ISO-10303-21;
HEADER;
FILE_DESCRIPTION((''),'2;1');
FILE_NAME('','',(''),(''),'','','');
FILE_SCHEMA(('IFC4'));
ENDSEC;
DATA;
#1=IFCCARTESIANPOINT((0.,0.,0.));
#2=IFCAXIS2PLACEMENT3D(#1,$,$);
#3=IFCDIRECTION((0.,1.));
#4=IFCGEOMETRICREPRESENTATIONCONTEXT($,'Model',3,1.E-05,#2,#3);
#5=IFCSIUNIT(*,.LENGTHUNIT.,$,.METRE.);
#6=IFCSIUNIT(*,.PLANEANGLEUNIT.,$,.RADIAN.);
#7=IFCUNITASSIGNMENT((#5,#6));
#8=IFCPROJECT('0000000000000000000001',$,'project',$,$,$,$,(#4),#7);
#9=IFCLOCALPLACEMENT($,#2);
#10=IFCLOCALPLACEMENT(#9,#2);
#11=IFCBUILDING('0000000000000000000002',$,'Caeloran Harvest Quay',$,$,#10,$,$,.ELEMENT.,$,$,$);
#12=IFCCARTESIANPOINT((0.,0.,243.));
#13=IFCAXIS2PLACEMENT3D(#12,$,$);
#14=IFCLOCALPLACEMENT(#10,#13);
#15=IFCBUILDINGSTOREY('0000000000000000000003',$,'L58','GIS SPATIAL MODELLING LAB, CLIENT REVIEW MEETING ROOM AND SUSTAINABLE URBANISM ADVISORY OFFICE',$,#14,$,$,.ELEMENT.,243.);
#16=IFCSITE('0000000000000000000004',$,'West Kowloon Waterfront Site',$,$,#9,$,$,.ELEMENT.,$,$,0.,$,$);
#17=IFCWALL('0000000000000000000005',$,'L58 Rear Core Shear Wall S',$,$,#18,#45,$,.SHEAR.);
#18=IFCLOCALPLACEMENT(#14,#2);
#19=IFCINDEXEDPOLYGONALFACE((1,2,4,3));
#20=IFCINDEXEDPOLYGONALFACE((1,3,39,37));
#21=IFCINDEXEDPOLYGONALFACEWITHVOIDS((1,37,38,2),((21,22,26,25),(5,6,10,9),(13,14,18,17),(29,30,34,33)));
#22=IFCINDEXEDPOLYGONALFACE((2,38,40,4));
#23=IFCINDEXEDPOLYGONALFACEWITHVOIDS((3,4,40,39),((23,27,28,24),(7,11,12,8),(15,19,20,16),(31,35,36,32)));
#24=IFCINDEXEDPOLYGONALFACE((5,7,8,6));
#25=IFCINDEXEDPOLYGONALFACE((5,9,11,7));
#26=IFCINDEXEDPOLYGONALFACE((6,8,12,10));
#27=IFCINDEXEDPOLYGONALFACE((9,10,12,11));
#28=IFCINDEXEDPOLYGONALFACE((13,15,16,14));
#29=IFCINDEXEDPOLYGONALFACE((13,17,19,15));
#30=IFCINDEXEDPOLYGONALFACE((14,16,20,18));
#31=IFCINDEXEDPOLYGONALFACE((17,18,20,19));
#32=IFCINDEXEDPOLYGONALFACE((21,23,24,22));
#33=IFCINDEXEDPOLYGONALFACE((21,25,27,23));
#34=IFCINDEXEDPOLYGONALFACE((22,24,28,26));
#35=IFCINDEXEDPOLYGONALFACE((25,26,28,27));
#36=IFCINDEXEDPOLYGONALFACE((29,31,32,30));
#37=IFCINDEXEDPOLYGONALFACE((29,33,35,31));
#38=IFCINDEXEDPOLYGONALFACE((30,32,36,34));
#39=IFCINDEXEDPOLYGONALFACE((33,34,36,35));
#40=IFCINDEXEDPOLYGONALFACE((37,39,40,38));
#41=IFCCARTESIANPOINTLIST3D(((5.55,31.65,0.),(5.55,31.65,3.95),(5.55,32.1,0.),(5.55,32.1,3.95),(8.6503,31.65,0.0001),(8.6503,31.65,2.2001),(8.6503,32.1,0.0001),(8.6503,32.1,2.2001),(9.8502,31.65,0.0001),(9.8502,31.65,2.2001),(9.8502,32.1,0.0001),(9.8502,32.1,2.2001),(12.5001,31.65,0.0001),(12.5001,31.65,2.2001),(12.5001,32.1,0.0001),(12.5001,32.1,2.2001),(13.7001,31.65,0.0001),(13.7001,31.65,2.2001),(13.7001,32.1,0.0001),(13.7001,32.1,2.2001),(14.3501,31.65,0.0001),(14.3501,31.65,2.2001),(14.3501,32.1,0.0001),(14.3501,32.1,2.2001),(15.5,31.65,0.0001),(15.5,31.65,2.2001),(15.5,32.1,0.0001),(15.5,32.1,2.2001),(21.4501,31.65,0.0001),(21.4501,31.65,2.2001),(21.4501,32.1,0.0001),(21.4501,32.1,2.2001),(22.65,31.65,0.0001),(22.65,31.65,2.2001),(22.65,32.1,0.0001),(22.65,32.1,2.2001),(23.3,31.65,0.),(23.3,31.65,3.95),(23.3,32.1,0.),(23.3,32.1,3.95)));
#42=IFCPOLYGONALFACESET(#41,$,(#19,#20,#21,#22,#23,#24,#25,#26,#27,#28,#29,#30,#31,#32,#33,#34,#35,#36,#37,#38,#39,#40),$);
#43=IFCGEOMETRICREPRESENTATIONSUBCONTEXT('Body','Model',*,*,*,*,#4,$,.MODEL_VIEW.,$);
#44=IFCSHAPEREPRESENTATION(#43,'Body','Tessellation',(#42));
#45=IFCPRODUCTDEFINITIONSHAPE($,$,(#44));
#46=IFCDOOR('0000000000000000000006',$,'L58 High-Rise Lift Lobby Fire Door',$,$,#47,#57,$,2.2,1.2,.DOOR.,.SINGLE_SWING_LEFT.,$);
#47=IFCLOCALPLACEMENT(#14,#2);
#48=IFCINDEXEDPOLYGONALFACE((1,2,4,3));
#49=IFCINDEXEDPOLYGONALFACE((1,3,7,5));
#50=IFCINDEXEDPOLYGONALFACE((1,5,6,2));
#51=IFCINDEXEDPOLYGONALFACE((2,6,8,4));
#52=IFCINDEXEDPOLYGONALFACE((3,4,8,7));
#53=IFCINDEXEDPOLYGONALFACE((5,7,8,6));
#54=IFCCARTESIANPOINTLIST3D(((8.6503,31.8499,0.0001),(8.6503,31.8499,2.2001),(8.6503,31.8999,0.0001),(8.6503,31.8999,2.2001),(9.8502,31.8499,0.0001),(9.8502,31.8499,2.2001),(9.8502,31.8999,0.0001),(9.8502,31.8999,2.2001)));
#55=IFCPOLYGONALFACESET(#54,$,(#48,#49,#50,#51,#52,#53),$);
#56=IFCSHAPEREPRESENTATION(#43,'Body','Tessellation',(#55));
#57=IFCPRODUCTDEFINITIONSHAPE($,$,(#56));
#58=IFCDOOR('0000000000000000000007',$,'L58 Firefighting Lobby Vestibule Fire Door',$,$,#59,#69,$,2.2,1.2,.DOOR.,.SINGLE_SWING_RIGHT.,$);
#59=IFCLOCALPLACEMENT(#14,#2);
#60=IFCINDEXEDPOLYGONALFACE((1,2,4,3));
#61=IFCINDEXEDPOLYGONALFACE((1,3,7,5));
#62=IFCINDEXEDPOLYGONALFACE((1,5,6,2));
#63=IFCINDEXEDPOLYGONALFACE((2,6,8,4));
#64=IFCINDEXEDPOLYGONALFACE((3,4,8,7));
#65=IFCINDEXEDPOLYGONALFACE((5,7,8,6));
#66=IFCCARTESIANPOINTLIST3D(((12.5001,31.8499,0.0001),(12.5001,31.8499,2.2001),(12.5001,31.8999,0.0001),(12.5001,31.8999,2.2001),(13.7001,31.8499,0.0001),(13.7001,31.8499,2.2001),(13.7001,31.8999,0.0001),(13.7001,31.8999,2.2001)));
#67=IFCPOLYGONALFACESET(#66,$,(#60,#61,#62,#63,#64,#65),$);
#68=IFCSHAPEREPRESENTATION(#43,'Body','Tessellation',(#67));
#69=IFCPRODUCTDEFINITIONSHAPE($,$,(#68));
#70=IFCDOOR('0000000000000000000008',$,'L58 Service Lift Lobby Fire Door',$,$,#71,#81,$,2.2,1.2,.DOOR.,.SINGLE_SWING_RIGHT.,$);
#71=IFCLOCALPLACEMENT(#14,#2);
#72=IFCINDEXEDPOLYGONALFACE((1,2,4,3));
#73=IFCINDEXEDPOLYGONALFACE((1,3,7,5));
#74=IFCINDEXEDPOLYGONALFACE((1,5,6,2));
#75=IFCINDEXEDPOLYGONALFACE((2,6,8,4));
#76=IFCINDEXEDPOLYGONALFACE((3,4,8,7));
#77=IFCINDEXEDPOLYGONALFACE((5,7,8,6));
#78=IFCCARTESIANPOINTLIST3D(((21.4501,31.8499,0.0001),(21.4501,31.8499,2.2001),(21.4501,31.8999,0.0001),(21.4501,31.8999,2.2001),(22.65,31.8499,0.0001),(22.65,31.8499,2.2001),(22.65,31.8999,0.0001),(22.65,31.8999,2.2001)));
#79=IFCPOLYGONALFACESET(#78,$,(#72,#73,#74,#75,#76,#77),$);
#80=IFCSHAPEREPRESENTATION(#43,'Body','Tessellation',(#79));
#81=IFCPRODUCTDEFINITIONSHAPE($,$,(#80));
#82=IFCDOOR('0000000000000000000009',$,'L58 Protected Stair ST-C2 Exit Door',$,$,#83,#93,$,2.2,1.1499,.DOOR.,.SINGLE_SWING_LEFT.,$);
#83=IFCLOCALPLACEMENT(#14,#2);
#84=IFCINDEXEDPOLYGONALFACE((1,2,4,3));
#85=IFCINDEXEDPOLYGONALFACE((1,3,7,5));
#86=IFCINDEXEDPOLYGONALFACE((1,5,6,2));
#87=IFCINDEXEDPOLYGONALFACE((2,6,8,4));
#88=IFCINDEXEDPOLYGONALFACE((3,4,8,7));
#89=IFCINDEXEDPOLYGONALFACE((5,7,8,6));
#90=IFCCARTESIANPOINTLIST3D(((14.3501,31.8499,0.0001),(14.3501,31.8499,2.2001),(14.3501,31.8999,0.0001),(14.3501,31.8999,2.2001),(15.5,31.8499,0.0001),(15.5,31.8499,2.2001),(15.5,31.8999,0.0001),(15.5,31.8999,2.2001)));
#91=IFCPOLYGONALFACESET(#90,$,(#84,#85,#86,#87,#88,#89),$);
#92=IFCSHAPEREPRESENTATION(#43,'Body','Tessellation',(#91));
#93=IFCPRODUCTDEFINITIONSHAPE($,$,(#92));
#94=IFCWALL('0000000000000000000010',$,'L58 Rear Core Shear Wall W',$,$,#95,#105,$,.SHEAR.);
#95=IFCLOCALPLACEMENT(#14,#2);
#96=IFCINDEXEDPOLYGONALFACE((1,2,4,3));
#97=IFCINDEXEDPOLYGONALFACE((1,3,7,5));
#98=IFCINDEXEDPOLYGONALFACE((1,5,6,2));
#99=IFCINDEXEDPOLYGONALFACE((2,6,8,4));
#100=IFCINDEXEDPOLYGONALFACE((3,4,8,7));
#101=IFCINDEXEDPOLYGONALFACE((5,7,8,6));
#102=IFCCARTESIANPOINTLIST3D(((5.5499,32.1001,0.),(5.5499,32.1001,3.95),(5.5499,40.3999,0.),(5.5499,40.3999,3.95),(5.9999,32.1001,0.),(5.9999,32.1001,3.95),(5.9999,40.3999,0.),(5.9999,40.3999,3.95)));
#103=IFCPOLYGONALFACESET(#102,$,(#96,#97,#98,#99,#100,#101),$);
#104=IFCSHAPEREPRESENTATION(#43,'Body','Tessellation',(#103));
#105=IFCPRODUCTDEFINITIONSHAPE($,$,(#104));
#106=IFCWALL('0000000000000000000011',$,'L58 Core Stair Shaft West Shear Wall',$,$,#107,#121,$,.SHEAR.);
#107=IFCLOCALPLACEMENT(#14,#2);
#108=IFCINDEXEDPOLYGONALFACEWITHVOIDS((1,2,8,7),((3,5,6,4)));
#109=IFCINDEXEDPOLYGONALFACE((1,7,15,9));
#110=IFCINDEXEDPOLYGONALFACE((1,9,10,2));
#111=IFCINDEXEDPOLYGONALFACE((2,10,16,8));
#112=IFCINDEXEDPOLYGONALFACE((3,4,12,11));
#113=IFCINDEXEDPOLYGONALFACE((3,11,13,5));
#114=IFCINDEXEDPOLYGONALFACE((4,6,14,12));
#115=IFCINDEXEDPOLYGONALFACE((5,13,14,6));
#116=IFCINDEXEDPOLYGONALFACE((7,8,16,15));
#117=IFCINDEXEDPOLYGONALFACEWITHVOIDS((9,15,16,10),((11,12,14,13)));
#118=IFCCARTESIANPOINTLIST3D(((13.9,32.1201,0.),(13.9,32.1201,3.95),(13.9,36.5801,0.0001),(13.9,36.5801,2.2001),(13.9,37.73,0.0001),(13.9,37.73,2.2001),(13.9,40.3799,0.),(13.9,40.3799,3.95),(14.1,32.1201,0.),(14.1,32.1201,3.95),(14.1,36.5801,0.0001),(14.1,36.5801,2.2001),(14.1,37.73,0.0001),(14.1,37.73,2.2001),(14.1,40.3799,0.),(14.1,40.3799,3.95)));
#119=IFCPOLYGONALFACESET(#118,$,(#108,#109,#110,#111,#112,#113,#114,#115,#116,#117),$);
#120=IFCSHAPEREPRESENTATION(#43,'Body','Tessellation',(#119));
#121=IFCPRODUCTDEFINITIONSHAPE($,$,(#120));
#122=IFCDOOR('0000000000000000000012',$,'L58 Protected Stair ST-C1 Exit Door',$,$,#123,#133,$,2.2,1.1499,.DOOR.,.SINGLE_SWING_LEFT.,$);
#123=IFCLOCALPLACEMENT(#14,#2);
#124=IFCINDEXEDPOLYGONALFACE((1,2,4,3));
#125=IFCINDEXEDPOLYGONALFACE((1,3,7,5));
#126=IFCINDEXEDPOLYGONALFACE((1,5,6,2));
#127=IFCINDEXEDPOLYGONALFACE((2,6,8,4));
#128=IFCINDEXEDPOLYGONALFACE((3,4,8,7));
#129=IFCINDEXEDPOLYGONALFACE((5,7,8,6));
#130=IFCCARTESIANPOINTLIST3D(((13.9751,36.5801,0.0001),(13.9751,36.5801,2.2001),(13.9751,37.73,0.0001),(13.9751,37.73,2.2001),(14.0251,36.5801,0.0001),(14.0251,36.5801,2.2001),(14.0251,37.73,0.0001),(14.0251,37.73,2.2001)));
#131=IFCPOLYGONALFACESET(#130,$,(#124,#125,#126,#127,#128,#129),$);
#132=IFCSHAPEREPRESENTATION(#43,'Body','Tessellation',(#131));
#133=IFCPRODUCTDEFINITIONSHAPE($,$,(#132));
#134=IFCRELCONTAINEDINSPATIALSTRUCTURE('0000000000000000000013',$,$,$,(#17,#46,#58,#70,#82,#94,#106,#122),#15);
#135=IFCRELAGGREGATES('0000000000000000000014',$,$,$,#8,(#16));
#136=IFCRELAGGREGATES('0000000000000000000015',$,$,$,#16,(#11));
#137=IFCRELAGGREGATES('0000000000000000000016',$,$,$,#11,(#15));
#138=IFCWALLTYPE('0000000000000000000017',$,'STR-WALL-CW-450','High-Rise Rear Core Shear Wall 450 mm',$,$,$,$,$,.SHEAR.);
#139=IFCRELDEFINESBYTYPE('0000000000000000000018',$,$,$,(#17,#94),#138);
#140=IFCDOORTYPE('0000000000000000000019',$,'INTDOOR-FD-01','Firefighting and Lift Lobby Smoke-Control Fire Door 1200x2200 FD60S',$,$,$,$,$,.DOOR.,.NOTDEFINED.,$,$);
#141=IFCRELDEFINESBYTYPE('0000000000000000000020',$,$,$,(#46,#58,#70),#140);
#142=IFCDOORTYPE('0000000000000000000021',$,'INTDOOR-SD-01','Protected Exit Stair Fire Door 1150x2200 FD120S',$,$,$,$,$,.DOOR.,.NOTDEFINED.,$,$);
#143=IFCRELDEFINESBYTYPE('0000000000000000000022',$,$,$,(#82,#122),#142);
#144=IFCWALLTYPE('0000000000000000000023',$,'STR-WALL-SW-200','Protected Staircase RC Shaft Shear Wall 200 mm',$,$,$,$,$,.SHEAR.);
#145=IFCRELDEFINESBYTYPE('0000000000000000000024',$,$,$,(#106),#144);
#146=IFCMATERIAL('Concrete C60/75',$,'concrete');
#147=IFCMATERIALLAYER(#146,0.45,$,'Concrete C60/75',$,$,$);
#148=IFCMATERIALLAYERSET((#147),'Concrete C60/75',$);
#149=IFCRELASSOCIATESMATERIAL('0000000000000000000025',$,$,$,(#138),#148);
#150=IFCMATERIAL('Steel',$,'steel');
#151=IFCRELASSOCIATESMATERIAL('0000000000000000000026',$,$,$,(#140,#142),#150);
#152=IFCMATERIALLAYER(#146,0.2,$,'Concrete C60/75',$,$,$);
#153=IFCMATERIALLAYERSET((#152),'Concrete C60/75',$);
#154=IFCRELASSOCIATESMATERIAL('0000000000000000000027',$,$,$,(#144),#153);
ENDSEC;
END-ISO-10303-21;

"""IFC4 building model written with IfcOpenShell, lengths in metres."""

from ifc_helpers import new_model, si_unit, direction, frame, frame_2d, origin, place, context, subcontext, project, spatial, rectangle, extrude, material, layer, layer_set, type_object, element, fill, save


model = new_model("IFC4")

# Units and contexts
model_context = context("Model", 3, precision=1e-05, world=origin(), true_north=direction((0.0, 1.0)))
body_context = subcontext(model_context, "Body", "Model", "MODEL_VIEW")
ifc_project = project(units=[si_unit("LENGTHUNIT", "METRE"), si_unit("PLANEANGLEUNIT", "RADIAN")], contexts=[model_context])

# Site, building, storey
site_placement = place(None, origin())
site = spatial("IfcSite", under=ifc_project, at=site_placement, Name="West Kowloon Waterfront Site", CompositionType="ELEMENT", RefElevation=0.0)
building_placement = place(site_placement, origin())
building = spatial("IfcBuilding", under=site, at=building_placement, Name="Caeloran Harvest Quay", CompositionType="ELEMENT")
storey_placement = place(building_placement, frame((0.0, 0.0, 243.0)))
storey = spatial("IfcBuildingStorey", under=building, at=storey_placement, Name="L58", Description="GIS SPATIAL MODELLING LAB, CLIENT REVIEW MEETING ROOM AND SUSTAINABLE URBANISM ADVISORY OFFICE", CompositionType="ELEMENT", Elevation=243.0)

# Shared definitions
ifc_material_1 = material(Name="Concrete C60/75", Category="concrete")

# Wall, openings, doors
ifc_layer_1 = layer(ifc_material_1, 0.45, Name="Concrete C60/75")
ifc_layer_set_1 = layer_set([ifc_layer_1], Name="Concrete C60/75")
wall_type_1 = type_object("IfcWallType", Name="STR-WALL-CW-450", Description="High-Rise Rear Core Shear Wall 450 mm", PredefinedType="SHEAR", material=ifc_layer_set_1)
wall_1_placement = place(storey_placement, frame((5.55, 31.875, 0.0), z_axis=(0.0, 0.0, 1.0), x_axis=(1.0, 0.0, 0.0)))
wall_1 = element("IfcWall", 1, at=wall_1_placement, inside=storey, type_object=wall_type_1, Name="L58 Rear Core Shear Wall S", PredefinedType="SHEAR", context=body_context, shape_type="SweptSolid", body=[
    extrude(rectangle(XDim=17.75, YDim=0.45, at=frame_2d((8.875, 0.0))), origin(), (0.0, 0.0, 1.0), 3.95),
])
opening_1_placement = place(wall_1_placement, frame((3.1001, 0.0, 0.0)))
opening_1 = element("IfcOpeningElement", 2, at=opening_1_placement, cuts=wall_1, PredefinedType="OPENING", context=body_context, shape_type="SweptSolid", body=[
    extrude(rectangle(XDim=1.2, YDim=2.2, at=frame_2d((0.6001, 1.1001))), frame((0.0, 0.2349, 0.0), z_axis=(0.0, -1.0, 0.0), x_axis=(1.0, 0.0, 0.0)), (0.0, 0.0, 1.0), 0.47),
])
opening_2_placement = place(wall_1_placement, frame((6.95, 0.0, 0.0)))
opening_2 = element("IfcOpeningElement", 3, at=opening_2_placement, cuts=wall_1, PredefinedType="OPENING", context=body_context, shape_type="SweptSolid", body=[
    extrude(rectangle(XDim=1.2, YDim=2.2, at=frame_2d((0.6001, 1.1001))), frame((0.0, 0.2349, 0.0), z_axis=(0.0, -1.0, 0.0), x_axis=(1.0, 0.0, 0.0)), (0.0, 0.0, 1.0), 0.47),
])
opening_3_placement = place(wall_1_placement, frame((8.8, 0.0, 0.0)))
opening_3 = element("IfcOpeningElement", 4, at=opening_3_placement, cuts=wall_1, PredefinedType="OPENING", context=body_context, shape_type="SweptSolid", body=[
    extrude(rectangle(XDim=1.1499, YDim=2.2, at=frame_2d((0.575, 1.1001))), frame((0.0, 0.2349, 0.0), z_axis=(0.0, -1.0, 0.0), x_axis=(1.0, 0.0, 0.0)), (0.0, 0.0, 1.0), 0.47),
])
opening_4_placement = place(wall_1_placement, frame((15.8999, 0.0, 0.0)))
opening_4 = element("IfcOpeningElement", 5, at=opening_4_placement, cuts=wall_1, PredefinedType="OPENING", context=body_context, shape_type="SweptSolid", body=[
    extrude(rectangle(XDim=1.2, YDim=2.2, at=frame_2d((0.6001, 1.1001))), frame((0.0, 0.2349, 0.0), z_axis=(0.0, -1.0, 0.0), x_axis=(1.0, 0.0, 0.0)), (0.0, 0.0, 1.0), 0.47),
])
ifc_material_2 = material(Name="Steel", Category="steel")
door_type_1 = type_object("IfcDoorType", Name="INTDOOR-FD-01", Description="Firefighting and Lift Lobby Smoke-Control Fire Door 1200x2200 FD60S", OperationType="NOTDEFINED", PredefinedType="DOOR", material=ifc_material_2)
door_1_placement = place(opening_1_placement, origin())
door_1 = element("IfcDoor", 6, at=door_1_placement, inside=storey, type_object=door_type_1, Name="L58 High-Rise Lift Lobby Fire Door", OperationType="SINGLE_SWING_LEFT", OverallHeight=2.2, OverallWidth=1.2, PredefinedType="DOOR", context=body_context, shape_type="SweptSolid", body=[
    extrude(rectangle(XDim=1.2, YDim=2.2, at=frame_2d((0.6001, 1.1001))), frame((0.0, 0.0249, 0.0), z_axis=(0.0, -1.0, 0.0), x_axis=(1.0, 0.0, 0.0)), (0.0, 0.0, 1.0), 0.05),
])
fill(opening_1, door_1)
door_2_placement = place(opening_2_placement, origin())
door_2 = element("IfcDoor", 7, at=door_2_placement, inside=storey, type_object=door_type_1, Name="L58 Firefighting Lobby Vestibule Fire Door", OperationType="SINGLE_SWING_RIGHT", OverallHeight=2.2, OverallWidth=1.2, PredefinedType="DOOR", context=body_context, shape_type="SweptSolid", body=[
    extrude(rectangle(XDim=1.2, YDim=2.2, at=frame_2d((0.6001, 1.1001))), frame((0.0, 0.0249, 0.0), z_axis=(0.0, -1.0, 0.0), x_axis=(1.0, 0.0, 0.0)), (0.0, 0.0, 1.0), 0.05),
])
fill(opening_2, door_2)
door_3_placement = place(opening_4_placement, origin())
door_3 = element("IfcDoor", 8, at=door_3_placement, inside=storey, type_object=door_type_1, Name="L58 Service Lift Lobby Fire Door", OperationType="SINGLE_SWING_RIGHT", OverallHeight=2.2, OverallWidth=1.2, PredefinedType="DOOR", context=body_context, shape_type="SweptSolid", body=[
    extrude(rectangle(XDim=1.2, YDim=2.2, at=frame_2d((0.6001, 1.1001))), frame((0.0, 0.0249, 0.0), z_axis=(0.0, -1.0, 0.0), x_axis=(1.0, 0.0, 0.0)), (0.0, 0.0, 1.0), 0.05),
])
fill(opening_4, door_3)
door_type_2 = type_object("IfcDoorType", Name="INTDOOR-SD-01", Description="Protected Exit Stair Fire Door 1150x2200 FD120S", OperationType="NOTDEFINED", PredefinedType="DOOR", material=ifc_material_2)
door_4_placement = place(opening_3_placement, origin())
door_4 = element("IfcDoor", 9, at=door_4_placement, inside=storey, type_object=door_type_2, Name="L58 Protected Stair ST-C2 Exit Door", OperationType="SINGLE_SWING_LEFT", OverallHeight=2.2, OverallWidth=1.1499, PredefinedType="DOOR", context=body_context, shape_type="SweptSolid", body=[
    extrude(rectangle(XDim=1.1499, YDim=2.2, at=frame_2d((0.575, 1.1001))), frame((0.0, 0.0249, 0.0), z_axis=(0.0, -1.0, 0.0), x_axis=(1.0, 0.0, 0.0)), (0.0, 0.0, 1.0), 0.05),
])
fill(opening_3, door_4)

# Wall
wall_2_placement = place(storey_placement, frame((5.7749, 32.1001, 0.0), z_axis=(0.0, 0.0, 1.0), x_axis=(0.0, 1.0, 0.0)))
element("IfcWall", 10, at=wall_2_placement, inside=storey, type_object=wall_type_1, Name="L58 Rear Core Shear Wall W", PredefinedType="SHEAR", context=body_context, shape_type="SweptSolid", body=[
    extrude(rectangle(XDim=8.2998, YDim=0.45, at=frame_2d((4.1499, 0.0))), origin(), (0.0, 0.0, 1.0), 3.95),
])

# Wall, opening, door
ifc_layer_2 = layer(ifc_material_1, 0.2, Name="Concrete C60/75")
ifc_layer_set_2 = layer_set([ifc_layer_2], Name="Concrete C60/75")
wall_type_2 = type_object("IfcWallType", Name="STR-WALL-SW-200", Description="Protected Staircase RC Shaft Shear Wall 200 mm", PredefinedType="SHEAR", material=ifc_layer_set_2)
wall_3_placement = place(storey_placement, frame((14.0, 32.1201, 0.0), z_axis=(0.0, 0.0, 1.0), x_axis=(0.0, 1.0, 0.0)))
wall_3 = element("IfcWall", 11, at=wall_3_placement, inside=storey, type_object=wall_type_2, Name="L58 Core Stair Shaft West Shear Wall", PredefinedType="SHEAR", context=body_context, shape_type="SweptSolid", body=[
    extrude(rectangle(XDim=8.2598, YDim=0.2, at=frame_2d((4.1299, 0.0))), origin(), (0.0, 0.0, 1.0), 3.95),
])
opening_5_placement = place(wall_3_placement, frame((4.46, 0.0, 0.0)))
opening_5 = element("IfcOpeningElement", 12, at=opening_5_placement, cuts=wall_3, PredefinedType="OPENING", context=body_context, shape_type="SweptSolid", body=[
    extrude(rectangle(XDim=1.1499, YDim=2.2, at=frame_2d((0.575, 1.1001))), frame((0.0, 0.1099, 0.0), z_axis=(0.0, -1.0, 0.0), x_axis=(1.0, 0.0, 0.0)), (0.0, 0.0, 1.0), 0.22),
])
door_5_placement = place(opening_5_placement, origin())
door_5 = element("IfcDoor", 13, at=door_5_placement, inside=storey, type_object=door_type_2, Name="L58 Protected Stair ST-C1 Exit Door", OperationType="SINGLE_SWING_LEFT", OverallHeight=2.2, OverallWidth=1.1499, PredefinedType="DOOR", context=body_context, shape_type="SweptSolid", body=[
    extrude(rectangle(XDim=1.1499, YDim=2.2, at=frame_2d((0.575, 1.1001))), frame((0.0, 0.0249, 0.0), z_axis=(0.0, -1.0, 0.0), x_axis=(1.0, 0.0, 0.0)), (0.0, 0.0, 1.0), 0.05),
])
fill(opening_5, door_5)

save(model, "model.ifc")
